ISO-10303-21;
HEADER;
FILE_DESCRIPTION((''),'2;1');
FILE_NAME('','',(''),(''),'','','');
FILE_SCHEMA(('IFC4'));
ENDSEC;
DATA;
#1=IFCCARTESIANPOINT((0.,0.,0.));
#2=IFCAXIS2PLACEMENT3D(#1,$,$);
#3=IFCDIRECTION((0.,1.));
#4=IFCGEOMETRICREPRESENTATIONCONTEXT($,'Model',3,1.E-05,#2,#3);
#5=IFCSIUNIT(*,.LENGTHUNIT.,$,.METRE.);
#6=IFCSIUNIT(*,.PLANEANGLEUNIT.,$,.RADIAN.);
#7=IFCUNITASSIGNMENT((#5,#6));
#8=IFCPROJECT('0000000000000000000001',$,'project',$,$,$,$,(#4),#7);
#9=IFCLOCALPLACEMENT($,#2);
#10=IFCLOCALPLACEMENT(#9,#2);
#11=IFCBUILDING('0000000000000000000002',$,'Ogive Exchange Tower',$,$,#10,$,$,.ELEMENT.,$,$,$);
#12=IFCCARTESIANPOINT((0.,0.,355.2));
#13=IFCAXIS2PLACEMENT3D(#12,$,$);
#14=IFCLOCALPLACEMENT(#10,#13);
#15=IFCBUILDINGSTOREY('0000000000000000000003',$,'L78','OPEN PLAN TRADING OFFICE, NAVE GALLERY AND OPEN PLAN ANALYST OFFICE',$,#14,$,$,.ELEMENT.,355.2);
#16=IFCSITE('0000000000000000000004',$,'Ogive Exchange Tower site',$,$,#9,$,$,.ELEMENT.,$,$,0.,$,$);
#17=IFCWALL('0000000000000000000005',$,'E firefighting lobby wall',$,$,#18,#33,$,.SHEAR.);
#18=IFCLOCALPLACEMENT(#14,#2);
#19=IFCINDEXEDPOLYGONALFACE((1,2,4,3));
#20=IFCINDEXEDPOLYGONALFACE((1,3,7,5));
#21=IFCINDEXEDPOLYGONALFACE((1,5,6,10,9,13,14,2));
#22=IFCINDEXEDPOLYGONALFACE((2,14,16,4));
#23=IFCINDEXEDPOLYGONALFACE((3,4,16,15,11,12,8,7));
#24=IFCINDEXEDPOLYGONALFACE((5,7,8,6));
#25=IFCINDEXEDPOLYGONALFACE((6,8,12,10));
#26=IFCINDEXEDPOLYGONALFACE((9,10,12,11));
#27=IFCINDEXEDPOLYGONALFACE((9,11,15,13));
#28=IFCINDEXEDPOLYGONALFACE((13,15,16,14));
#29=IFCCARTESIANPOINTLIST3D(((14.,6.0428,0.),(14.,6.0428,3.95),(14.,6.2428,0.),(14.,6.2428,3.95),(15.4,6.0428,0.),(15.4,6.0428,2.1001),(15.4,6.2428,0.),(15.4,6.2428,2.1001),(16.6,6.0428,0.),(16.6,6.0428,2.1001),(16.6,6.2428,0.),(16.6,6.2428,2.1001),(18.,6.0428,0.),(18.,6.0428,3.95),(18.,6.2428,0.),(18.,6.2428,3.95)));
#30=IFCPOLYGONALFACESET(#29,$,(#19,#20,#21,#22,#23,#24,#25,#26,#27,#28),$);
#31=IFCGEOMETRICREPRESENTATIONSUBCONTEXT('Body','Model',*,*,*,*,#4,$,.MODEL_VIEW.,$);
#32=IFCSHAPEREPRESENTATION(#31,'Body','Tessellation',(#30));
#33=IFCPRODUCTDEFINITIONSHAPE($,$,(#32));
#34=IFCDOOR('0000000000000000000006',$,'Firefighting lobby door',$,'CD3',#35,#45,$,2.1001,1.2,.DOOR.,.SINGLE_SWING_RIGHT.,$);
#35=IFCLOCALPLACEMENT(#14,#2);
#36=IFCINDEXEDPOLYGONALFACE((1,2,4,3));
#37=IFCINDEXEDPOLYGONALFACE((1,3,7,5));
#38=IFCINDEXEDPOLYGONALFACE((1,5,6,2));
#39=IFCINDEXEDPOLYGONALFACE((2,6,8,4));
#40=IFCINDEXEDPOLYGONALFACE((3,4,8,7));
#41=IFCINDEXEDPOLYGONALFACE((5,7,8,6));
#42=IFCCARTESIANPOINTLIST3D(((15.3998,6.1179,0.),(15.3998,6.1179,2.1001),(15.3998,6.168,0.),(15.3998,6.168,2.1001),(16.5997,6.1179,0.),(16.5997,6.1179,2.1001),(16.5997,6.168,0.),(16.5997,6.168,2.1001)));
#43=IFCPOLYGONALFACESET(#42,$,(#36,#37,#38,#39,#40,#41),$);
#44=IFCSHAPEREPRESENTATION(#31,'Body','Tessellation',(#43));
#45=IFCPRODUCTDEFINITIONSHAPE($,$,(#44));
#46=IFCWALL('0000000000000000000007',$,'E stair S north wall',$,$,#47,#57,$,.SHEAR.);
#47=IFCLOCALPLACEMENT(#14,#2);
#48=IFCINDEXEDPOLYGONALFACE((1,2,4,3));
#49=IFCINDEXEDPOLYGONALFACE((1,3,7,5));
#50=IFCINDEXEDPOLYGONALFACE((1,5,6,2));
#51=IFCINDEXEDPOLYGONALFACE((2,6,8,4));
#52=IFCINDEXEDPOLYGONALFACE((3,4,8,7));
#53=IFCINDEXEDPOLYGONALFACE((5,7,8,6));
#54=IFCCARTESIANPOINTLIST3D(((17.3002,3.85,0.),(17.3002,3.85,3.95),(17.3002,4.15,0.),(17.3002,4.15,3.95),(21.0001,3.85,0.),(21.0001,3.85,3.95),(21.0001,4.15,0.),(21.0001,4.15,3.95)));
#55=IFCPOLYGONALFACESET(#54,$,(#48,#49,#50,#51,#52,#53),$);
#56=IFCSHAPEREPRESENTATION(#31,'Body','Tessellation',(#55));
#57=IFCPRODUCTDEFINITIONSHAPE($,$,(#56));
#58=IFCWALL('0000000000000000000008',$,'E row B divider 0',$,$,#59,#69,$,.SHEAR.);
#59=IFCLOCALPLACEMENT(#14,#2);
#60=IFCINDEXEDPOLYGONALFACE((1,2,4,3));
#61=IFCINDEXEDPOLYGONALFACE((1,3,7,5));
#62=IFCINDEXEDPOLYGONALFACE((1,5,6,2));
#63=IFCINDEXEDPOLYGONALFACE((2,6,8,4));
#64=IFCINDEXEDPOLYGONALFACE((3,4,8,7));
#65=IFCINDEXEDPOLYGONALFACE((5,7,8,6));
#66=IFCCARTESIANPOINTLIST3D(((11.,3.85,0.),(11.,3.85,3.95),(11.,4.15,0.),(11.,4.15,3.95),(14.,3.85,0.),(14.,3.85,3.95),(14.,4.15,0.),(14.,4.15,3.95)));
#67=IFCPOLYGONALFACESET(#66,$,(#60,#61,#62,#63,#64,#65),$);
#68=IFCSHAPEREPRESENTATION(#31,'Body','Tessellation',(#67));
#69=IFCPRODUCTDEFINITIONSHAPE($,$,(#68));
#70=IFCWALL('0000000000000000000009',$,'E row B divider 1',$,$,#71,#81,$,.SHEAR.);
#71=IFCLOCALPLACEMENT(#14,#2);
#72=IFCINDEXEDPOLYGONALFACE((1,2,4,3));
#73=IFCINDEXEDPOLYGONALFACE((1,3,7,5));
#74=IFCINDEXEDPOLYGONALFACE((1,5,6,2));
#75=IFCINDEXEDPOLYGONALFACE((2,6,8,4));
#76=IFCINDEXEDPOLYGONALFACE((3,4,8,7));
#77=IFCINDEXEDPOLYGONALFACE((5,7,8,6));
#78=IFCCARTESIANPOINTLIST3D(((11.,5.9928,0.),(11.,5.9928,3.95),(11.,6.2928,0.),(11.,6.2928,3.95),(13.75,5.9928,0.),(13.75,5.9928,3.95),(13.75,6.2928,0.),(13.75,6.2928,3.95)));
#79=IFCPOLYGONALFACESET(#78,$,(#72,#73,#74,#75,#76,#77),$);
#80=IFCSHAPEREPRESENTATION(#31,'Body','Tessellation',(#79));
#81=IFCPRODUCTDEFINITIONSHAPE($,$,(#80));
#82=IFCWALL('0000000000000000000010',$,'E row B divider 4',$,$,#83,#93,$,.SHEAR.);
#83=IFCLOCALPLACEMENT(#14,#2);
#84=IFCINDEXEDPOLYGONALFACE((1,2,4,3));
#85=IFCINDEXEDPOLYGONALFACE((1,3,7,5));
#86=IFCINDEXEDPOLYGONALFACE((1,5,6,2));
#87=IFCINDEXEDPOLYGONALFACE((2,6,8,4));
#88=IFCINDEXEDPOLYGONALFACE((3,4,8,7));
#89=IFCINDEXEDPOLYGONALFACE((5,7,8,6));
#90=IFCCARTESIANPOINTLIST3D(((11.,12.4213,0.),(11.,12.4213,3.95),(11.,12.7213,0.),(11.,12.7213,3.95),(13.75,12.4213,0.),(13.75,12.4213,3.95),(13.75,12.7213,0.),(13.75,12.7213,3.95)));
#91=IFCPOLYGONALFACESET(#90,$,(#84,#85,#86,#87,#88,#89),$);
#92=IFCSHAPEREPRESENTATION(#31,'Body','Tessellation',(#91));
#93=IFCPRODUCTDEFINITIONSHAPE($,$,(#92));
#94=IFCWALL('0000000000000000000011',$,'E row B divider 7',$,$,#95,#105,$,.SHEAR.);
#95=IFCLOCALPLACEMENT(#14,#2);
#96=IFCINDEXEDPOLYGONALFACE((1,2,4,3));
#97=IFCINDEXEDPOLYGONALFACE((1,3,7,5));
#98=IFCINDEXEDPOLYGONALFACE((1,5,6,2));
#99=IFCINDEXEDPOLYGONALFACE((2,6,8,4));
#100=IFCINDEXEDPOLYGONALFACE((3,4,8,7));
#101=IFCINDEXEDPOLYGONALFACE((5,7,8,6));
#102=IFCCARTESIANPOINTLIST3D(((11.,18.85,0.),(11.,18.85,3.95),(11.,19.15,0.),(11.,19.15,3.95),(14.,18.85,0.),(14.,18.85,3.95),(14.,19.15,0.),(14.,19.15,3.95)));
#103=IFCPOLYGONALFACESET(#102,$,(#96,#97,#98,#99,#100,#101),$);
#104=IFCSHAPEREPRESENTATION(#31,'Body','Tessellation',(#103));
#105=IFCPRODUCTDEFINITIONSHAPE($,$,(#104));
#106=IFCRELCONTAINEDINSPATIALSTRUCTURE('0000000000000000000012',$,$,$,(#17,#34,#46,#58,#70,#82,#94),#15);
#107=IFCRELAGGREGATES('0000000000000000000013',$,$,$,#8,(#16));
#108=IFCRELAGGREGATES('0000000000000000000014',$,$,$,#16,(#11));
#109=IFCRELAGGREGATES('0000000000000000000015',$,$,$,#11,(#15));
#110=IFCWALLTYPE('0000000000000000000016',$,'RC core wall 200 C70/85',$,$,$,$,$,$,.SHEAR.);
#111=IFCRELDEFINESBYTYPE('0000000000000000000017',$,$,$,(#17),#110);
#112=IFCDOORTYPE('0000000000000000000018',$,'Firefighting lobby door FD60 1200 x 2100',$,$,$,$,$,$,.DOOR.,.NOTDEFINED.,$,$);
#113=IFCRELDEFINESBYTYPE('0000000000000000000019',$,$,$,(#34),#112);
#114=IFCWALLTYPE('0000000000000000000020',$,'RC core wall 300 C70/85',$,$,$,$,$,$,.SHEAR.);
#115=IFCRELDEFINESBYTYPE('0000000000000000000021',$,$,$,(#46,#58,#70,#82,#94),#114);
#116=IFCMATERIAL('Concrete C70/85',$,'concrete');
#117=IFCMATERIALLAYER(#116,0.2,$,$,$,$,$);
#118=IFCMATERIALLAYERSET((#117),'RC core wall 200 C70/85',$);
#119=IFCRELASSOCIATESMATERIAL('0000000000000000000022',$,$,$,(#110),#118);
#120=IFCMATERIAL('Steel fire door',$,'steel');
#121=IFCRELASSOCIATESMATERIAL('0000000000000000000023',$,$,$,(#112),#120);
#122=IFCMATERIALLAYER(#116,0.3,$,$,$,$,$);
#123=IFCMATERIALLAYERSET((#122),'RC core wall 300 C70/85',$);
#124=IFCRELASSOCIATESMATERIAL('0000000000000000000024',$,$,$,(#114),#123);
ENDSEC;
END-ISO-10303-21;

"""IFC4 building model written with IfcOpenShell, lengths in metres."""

from ifc_helpers import new_model, si_unit, direction, frame, frame_2d, origin, place, context, subcontext, project, spatial, rectangle, extrude, material, layer, layer_set, type_object, element, fill, save


model = new_model("IFC4")

# Units and contexts
model_context = context("Model", 3, precision=1e-05, world=origin(), true_north=direction((0.0, 1.0)))
body_context = subcontext(model_context, "Body", "Model", "MODEL_VIEW")
ifc_project = project(units=[si_unit("LENGTHUNIT", "METRE"), si_unit("PLANEANGLEUNIT", "RADIAN")], contexts=[model_context])

# Site, building, storey
site_placement = place(None, origin())
site = spatial("IfcSite", under=ifc_project, at=site_placement, Name="Ogive Exchange Tower site", CompositionType="ELEMENT", RefElevation=0.0)
building_placement = place(site_placement, origin())
building = spatial("IfcBuilding", under=site, at=building_placement, Name="Ogive Exchange Tower", CompositionType="ELEMENT")
storey_placement = place(building_placement, frame((0.0, 0.0, 355.2)))
storey = spatial("IfcBuildingStorey", under=building, at=storey_placement, Name="L78", Description="OPEN PLAN TRADING OFFICE, NAVE GALLERY AND OPEN PLAN ANALYST OFFICE", CompositionType="ELEMENT", Elevation=355.2)

# Wall, opening, door
ifc_material_1 = material(Name="Concrete C70/85", Category="concrete")
ifc_layer_1 = layer(ifc_material_1, 0.2)
ifc_layer_set_1 = layer_set([ifc_layer_1], Name="RC core wall 200 C70/85")
wall_type_1 = type_object("IfcWallType", Name="RC core wall 200 C70/85", PredefinedType="SHEAR", material=ifc_layer_set_1)
wall_1_placement = place(storey_placement, frame((14.0, 6.1428, 0.0), z_axis=(0.0, 0.0, 1.0), x_axis=(1.0, 0.0, 0.0)))
wall_1 = element("IfcWall", 1, at=wall_1_placement, inside=storey, type_object=wall_type_1, Name="E firefighting lobby wall", PredefinedType="SHEAR", context=body_context, shape_type="SweptSolid", body=[
    extrude(rectangle(XDim=4.0, YDim=0.2, at=frame_2d((2.0, 0.0))), origin(), (0.0, 0.0, 1.0), 3.95),
])
opening_1_placement = place(wall_1_placement, frame((1.3999, 0.0, 0.0)))
opening_1 = element("IfcOpeningElement", 2, at=opening_1_placement, cuts=wall_1, PredefinedType="OPENING", context=body_context, shape_type="SweptSolid", body=[
    extrude(rectangle(XDim=1.2, YDim=2.1001, at=frame_2d((0.6001, 1.05))), frame((0.0, 0.1099, 0.0), z_axis=(0.0, -1.0, 0.0), x_axis=(1.0, 0.0, 0.0)), (0.0, 0.0, 1.0), 0.22),
])
ifc_material_2 = material(Name="Steel fire door", Category="steel")
door_type_1 = type_object("IfcDoorType", Name="Firefighting lobby door FD60 1200 x 2100", OperationType="NOTDEFINED", PredefinedType="DOOR", material=ifc_material_2)
door_1_placement = place(opening_1_placement, frame((1.2, 0.0, 0.0), z_axis=(0.0, 0.0, 1.0), x_axis=(-1.0, 0.0, 0.0)))
door_1 = element("IfcDoor", 3, at=door_1_placement, inside=storey, type_object=door_type_1, Name="Firefighting lobby door", ObjectType="CD3", OperationType="SINGLE_SWING_RIGHT", OverallHeight=2.1001, OverallWidth=1.2, PredefinedType="DOOR", context=body_context, shape_type="SweptSolid", body=[
    extrude(rectangle(XDim=1.2, YDim=2.1001, at=frame_2d((0.6001, 1.05))), frame((0.0, 0.0249, 0.0), z_axis=(0.0, -1.0, 0.0), x_axis=(1.0, 0.0, 0.0)), (0.0, 0.0, 1.0), 0.05),
])
fill(opening_1, door_1)

# Walls
ifc_layer_2 = layer(ifc_material_1, 0.3)
ifc_layer_set_2 = layer_set([ifc_layer_2], Name="RC core wall 300 C70/85")
wall_type_2 = type_object("IfcWallType", Name="RC core wall 300 C70/85", PredefinedType="SHEAR", material=ifc_layer_set_2)
wall_2_placement = place(storey_placement, frame((17.3, 4.0, 0.0), z_axis=(0.0, 0.0, 1.0), x_axis=(1.0, 0.0, 0.0)))
element("IfcWall", 4, at=wall_2_placement, inside=storey, type_object=wall_type_2, Name="E stair S north wall", PredefinedType="SHEAR", context=body_context, shape_type="SweptSolid", body=[
    extrude(rectangle(XDim=3.7, YDim=0.3, at=frame_2d((1.8501, 0.0))), origin(), (0.0, 0.0, 1.0), 3.95),
])
wall_3_placement = place(storey_placement, frame((11.0, 4.0, 0.0), z_axis=(0.0, 0.0, 1.0), x_axis=(1.0, 0.0, 0.0)))
element("IfcWall", 5, at=wall_3_placement, inside=storey, type_object=wall_type_2, Name="E row B divider 0", PredefinedType="SHEAR", context=body_context, shape_type="SweptSolid", body=[
    extrude(rectangle(XDim=3.0, YDim=0.3, at=frame_2d((1.5, 0.0))), origin(), (0.0, 0.0, 1.0), 3.95),
])
for number, where, z_axis, x_axis, name in (
    (6, (11.0, 6.1428, 0.0), (0.0, 0.0, 1.0), (1.0, 0.0, 0.0), "E row B divider 1"),
    (7, (11.0, 12.5713, 0.0), (0.0, 0.0, 1.0), (1.0, 0.0, 0.0), "E row B divider 4"),
):
    element("IfcWall", number, at=place(storey_placement, frame(where, z_axis=z_axis, x_axis=x_axis)), inside=storey, type_object=wall_type_2, Name=name, PredefinedType="SHEAR", context=body_context, shape_type="SweptSolid", body=[
        extrude(rectangle(XDim=2.75, YDim=0.3, at=frame_2d((1.375, 0.0))), origin(), (0.0, 0.0, 1.0), 3.95),
    ])
wall_4_placement = place(storey_placement, frame((11.0, 19.0, 0.0), z_axis=(0.0, 0.0, 1.0), x_axis=(1.0, 0.0, 0.0)))
element("IfcWall", 8, at=wall_4_placement, inside=storey, type_object=wall_type_2, Name="E row B divider 7", PredefinedType="SHEAR", context=body_context, shape_type="SweptSolid", body=[
    extrude(rectangle(XDim=3.0, YDim=0.3, at=frame_2d((1.5, 0.0))), origin(), (0.0, 0.0, 1.0), 3.95),
])

save(model, "model.ifc")
